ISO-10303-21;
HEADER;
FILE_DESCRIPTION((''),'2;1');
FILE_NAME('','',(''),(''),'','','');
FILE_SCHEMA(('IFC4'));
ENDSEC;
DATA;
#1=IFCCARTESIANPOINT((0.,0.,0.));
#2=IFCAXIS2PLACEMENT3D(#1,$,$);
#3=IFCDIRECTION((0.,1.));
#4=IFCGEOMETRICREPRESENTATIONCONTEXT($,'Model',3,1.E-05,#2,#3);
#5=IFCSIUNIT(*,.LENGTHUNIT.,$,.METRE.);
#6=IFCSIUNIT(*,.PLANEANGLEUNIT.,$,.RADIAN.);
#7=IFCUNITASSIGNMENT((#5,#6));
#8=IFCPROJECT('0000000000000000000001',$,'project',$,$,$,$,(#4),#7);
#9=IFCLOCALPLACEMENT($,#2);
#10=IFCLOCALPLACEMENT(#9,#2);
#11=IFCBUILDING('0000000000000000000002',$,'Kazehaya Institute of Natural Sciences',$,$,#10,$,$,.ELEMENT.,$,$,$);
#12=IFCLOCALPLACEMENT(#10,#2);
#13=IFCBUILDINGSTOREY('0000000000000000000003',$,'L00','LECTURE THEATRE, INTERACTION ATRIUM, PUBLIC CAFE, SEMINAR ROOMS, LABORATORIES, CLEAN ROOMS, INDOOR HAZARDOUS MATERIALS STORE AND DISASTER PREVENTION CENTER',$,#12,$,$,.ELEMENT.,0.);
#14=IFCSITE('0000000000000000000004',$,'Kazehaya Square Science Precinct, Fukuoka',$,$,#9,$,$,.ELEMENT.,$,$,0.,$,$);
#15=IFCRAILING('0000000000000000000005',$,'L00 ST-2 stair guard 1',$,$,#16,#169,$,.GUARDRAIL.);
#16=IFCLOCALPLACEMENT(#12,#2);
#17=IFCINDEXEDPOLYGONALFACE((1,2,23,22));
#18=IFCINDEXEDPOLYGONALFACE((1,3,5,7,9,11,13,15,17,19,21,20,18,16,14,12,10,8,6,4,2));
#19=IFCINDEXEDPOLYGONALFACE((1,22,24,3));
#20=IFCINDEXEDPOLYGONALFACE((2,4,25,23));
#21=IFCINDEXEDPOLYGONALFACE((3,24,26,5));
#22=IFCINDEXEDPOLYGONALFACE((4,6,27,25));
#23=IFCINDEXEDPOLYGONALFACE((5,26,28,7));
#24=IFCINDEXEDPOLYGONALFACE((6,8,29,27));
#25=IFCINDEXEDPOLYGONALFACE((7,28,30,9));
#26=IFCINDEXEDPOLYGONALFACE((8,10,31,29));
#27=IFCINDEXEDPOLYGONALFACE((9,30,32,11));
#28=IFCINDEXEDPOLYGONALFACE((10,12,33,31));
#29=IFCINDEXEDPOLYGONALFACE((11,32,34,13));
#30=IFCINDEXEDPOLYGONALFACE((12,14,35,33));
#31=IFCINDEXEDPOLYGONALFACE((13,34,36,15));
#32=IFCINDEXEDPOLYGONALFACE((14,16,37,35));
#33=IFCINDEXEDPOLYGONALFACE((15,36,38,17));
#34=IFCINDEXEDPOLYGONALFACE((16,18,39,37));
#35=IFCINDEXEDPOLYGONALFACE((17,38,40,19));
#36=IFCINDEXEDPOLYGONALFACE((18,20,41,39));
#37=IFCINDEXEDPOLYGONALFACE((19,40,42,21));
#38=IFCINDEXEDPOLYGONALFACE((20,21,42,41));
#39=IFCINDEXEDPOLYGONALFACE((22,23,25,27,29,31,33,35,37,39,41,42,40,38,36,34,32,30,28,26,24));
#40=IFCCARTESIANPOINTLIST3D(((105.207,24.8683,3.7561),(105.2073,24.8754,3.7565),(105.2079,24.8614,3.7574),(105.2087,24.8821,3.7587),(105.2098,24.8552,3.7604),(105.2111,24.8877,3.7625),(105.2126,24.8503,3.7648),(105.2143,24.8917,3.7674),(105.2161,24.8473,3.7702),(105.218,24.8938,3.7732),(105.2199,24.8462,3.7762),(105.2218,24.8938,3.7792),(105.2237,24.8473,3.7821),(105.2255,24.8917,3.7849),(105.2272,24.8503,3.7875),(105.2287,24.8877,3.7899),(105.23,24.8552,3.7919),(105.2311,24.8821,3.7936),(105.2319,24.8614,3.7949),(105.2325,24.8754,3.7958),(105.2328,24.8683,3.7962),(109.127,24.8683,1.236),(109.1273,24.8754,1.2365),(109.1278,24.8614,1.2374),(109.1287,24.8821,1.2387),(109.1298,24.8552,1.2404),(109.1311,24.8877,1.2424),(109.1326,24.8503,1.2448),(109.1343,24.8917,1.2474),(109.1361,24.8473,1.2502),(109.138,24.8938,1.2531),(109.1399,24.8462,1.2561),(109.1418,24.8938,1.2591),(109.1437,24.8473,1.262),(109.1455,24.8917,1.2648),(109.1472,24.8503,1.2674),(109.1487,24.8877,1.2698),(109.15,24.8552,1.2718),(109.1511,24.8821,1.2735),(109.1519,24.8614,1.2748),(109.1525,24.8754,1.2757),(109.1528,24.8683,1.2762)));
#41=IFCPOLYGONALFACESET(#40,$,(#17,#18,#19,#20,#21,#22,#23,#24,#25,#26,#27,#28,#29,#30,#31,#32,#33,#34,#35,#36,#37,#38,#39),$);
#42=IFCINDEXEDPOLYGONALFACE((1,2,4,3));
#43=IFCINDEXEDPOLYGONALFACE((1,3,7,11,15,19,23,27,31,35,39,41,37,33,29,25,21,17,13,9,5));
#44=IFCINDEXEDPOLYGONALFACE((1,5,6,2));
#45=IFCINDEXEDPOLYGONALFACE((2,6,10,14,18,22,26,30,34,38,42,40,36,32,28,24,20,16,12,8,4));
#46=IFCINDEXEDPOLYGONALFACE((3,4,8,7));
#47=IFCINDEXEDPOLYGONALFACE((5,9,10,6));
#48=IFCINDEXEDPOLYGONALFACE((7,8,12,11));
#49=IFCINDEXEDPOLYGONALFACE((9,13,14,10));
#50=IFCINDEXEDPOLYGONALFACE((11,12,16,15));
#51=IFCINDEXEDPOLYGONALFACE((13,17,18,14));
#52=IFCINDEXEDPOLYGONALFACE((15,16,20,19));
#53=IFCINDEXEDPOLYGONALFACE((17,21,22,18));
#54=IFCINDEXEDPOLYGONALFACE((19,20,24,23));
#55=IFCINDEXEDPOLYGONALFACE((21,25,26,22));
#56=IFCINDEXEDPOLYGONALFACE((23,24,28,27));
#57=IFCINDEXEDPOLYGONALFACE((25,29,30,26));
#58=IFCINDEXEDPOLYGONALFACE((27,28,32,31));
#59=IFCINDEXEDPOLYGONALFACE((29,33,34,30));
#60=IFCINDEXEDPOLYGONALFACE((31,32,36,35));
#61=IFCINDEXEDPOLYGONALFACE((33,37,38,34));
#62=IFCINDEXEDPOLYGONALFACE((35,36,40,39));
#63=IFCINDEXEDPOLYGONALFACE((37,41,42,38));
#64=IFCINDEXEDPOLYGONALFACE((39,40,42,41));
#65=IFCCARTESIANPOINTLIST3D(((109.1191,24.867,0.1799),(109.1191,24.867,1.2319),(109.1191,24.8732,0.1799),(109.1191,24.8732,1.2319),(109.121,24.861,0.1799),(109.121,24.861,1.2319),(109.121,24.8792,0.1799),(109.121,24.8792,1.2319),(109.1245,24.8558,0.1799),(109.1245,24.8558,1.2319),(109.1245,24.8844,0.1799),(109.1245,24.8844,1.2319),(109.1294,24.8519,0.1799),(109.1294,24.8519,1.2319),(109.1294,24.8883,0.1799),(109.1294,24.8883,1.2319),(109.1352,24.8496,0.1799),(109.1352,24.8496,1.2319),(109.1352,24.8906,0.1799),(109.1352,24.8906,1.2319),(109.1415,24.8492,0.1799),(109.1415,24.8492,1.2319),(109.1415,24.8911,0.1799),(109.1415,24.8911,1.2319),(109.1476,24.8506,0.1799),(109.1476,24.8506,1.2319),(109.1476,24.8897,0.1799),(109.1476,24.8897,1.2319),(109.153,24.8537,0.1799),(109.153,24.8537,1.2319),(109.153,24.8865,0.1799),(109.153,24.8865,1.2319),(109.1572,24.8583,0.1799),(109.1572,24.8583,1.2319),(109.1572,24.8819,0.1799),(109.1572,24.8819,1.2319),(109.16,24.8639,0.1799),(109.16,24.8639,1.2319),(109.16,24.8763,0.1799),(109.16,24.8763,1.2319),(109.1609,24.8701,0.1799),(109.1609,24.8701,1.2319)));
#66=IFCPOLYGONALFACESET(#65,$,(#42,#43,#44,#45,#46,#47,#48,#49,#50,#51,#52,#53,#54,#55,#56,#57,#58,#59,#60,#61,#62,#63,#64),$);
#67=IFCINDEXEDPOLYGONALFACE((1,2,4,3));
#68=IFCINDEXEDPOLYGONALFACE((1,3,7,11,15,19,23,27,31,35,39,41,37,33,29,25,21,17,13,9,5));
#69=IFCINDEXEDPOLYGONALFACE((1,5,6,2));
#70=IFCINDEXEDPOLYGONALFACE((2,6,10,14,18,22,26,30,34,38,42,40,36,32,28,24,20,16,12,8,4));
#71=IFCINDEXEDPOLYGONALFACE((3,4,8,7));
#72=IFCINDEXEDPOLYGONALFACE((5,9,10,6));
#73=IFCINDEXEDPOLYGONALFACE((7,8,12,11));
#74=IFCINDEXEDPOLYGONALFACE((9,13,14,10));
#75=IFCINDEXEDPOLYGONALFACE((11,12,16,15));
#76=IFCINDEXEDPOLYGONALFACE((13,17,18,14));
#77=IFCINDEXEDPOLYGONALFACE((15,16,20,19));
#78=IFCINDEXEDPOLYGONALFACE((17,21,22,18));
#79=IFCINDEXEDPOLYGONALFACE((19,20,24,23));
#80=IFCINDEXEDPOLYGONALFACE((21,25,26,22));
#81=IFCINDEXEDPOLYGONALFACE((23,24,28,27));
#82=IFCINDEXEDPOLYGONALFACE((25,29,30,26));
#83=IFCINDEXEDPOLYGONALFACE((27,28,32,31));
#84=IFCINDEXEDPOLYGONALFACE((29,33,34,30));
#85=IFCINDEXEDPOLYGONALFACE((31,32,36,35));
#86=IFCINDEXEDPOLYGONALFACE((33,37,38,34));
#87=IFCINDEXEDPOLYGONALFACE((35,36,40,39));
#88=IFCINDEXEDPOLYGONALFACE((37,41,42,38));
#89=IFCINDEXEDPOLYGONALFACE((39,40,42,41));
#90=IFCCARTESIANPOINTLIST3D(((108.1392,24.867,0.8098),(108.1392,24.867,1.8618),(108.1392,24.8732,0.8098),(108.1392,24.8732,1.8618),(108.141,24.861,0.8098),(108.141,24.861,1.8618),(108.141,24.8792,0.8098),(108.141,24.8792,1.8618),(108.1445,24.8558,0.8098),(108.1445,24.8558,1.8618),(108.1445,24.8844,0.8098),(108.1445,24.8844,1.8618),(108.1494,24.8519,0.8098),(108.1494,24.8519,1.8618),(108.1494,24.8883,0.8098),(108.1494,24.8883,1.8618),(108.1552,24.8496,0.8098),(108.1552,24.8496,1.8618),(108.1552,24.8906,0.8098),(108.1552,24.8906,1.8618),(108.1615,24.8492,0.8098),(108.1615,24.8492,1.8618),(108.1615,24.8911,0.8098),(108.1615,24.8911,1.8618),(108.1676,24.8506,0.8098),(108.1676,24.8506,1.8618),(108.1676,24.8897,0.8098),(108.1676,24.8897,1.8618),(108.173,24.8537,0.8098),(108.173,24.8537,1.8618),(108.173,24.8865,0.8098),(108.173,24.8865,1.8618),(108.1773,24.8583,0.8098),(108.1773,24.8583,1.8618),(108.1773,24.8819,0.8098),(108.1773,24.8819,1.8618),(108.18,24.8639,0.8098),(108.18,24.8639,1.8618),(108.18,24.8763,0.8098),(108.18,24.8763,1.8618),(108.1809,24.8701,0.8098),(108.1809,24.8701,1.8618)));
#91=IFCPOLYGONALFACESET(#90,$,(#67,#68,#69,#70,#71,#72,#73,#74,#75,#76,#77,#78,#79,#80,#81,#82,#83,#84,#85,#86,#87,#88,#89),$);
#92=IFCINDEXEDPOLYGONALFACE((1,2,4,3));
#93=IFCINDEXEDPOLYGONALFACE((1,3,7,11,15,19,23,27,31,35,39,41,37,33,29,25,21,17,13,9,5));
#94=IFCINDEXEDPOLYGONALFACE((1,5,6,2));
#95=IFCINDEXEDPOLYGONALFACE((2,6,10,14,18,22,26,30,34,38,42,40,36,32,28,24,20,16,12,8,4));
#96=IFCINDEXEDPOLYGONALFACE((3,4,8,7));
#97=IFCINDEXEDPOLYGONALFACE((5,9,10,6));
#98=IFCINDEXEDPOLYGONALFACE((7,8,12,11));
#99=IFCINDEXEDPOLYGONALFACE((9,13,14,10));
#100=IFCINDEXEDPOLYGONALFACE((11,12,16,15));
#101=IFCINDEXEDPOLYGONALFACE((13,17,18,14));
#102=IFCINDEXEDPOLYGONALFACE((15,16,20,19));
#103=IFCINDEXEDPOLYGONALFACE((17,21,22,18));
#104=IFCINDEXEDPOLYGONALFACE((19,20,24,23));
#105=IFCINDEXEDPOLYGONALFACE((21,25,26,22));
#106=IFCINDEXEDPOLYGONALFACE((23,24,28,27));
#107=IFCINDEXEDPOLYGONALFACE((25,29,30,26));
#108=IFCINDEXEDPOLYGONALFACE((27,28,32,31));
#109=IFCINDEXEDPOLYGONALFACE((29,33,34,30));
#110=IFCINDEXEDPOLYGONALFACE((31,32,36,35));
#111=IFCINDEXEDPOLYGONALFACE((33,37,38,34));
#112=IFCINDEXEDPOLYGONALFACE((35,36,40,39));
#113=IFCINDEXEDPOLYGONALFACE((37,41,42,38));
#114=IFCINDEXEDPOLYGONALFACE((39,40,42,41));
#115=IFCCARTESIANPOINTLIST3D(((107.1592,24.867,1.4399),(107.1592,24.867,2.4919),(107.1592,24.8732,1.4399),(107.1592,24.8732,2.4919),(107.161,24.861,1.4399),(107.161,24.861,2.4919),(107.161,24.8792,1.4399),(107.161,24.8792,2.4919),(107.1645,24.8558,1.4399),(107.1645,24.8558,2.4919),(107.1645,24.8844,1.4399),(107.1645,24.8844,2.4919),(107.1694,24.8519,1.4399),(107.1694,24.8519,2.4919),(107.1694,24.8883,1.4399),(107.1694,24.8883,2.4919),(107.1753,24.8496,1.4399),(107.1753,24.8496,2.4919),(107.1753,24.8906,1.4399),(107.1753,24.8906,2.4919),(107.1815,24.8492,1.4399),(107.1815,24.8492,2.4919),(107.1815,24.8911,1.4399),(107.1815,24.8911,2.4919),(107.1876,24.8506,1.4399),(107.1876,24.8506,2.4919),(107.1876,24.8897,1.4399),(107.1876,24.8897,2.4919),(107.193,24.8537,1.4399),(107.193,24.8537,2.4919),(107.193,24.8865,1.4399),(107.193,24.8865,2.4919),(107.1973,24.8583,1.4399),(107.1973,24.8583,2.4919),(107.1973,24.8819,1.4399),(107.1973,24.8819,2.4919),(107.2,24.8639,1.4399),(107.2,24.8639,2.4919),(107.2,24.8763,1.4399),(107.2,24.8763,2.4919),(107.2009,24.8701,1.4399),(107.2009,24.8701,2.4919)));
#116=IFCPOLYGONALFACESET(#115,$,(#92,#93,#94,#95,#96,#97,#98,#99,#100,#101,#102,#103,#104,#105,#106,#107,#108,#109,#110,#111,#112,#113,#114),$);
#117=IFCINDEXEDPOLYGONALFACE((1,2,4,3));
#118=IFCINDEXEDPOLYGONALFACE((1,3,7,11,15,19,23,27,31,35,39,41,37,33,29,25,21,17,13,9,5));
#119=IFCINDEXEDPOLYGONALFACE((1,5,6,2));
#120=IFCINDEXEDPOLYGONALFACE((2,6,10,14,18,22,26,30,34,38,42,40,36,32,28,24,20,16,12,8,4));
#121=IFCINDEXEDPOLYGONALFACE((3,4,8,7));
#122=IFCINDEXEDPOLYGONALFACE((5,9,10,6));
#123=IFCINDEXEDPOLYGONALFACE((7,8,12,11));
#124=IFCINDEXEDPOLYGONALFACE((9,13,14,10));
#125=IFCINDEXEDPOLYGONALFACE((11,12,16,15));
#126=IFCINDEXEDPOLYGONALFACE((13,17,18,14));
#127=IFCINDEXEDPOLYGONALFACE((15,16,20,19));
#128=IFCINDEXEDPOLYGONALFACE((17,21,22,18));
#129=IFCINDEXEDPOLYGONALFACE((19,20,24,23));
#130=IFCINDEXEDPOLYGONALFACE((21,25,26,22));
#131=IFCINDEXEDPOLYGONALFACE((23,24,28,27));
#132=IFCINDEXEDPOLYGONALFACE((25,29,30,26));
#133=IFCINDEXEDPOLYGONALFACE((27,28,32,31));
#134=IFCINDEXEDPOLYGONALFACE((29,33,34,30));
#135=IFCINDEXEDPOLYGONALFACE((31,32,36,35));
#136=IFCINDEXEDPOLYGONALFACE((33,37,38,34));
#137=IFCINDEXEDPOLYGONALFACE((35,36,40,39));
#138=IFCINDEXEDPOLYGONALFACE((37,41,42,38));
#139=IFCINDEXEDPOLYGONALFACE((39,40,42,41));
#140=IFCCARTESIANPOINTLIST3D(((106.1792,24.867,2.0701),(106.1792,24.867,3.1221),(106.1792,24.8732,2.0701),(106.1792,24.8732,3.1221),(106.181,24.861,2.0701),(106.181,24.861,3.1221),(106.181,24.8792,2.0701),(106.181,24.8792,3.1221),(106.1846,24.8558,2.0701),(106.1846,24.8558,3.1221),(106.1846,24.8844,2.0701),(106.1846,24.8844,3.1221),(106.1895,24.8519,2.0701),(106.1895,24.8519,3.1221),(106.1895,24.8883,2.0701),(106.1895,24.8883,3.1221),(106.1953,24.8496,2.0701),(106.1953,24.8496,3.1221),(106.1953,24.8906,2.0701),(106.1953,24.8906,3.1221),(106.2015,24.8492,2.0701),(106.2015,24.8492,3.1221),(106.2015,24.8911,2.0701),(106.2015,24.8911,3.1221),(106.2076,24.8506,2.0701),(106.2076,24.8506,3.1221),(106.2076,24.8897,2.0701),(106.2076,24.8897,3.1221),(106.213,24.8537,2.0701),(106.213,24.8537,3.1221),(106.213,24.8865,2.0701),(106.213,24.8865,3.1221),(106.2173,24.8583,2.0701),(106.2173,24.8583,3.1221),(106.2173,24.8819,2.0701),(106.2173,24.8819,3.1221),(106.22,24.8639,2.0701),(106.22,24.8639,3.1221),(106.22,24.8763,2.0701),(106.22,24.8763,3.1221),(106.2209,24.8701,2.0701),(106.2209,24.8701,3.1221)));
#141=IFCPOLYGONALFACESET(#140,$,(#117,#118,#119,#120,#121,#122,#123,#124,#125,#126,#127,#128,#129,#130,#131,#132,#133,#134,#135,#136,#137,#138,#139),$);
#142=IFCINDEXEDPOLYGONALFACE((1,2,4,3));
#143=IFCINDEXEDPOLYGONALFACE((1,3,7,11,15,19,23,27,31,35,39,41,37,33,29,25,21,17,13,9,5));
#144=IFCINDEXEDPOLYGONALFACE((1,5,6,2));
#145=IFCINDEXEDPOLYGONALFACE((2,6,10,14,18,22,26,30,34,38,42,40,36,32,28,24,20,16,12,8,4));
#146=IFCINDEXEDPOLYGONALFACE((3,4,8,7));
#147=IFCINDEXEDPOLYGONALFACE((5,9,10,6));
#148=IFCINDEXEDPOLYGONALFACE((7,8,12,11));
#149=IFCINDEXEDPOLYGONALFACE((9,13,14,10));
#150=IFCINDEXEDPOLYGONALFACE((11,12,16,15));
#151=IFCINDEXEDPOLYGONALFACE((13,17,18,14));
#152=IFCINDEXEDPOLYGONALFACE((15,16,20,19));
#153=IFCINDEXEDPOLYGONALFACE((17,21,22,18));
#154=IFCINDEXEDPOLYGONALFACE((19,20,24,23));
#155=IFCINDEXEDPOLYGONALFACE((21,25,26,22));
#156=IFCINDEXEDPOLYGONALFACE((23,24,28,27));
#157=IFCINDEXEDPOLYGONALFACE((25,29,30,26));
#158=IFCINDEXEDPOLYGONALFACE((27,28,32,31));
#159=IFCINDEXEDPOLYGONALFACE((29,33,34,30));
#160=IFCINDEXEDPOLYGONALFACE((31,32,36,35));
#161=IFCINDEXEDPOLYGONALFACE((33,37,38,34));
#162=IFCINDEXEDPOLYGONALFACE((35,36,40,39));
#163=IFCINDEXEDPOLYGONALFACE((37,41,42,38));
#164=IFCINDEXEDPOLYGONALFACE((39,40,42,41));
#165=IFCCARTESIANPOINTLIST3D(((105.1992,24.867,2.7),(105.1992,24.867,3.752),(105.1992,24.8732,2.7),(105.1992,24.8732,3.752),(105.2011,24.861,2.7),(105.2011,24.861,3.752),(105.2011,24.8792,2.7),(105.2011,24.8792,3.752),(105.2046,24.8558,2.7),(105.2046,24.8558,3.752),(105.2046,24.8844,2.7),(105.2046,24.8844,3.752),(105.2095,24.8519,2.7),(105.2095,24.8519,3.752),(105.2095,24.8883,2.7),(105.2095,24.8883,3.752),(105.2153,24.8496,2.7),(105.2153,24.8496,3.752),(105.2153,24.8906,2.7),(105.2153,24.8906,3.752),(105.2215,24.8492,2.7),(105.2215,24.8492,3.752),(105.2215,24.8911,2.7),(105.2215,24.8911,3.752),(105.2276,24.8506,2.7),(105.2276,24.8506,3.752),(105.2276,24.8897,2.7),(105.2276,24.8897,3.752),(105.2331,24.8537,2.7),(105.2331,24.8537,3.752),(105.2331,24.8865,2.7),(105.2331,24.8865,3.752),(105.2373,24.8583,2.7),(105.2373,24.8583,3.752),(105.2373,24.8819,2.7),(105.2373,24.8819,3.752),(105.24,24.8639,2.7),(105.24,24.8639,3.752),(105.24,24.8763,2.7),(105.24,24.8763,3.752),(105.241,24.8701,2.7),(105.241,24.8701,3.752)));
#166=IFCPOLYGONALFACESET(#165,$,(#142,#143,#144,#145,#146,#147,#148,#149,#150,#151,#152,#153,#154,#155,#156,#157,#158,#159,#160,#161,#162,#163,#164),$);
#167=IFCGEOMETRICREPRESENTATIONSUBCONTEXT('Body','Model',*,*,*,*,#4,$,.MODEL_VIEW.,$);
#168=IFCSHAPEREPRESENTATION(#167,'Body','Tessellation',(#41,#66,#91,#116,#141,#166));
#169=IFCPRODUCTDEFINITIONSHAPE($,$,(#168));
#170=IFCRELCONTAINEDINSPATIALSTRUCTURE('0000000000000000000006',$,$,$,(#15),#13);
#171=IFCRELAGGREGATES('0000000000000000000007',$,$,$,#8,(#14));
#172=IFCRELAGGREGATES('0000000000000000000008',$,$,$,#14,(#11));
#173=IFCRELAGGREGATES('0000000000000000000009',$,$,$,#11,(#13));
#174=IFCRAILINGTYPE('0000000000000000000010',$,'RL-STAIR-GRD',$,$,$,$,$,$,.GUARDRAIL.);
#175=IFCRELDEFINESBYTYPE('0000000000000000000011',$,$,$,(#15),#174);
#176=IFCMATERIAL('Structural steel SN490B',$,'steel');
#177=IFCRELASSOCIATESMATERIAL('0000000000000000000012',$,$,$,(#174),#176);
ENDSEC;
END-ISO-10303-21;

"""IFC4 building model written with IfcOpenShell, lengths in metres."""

from ifc_helpers import new_model, si_unit, direction, frame, origin, origin_2d, place, context, subcontext, project, spatial, circle, extrude, material, type_object, element, save


model = new_model("IFC4")

# Units and contexts
model_context = context("Model", 3, precision=1e-05, world=origin(), true_north=direction((0.0, 1.0)))
body_context = subcontext(model_context, "Body", "Model", "MODEL_VIEW")
ifc_project = project(units=[si_unit("LENGTHUNIT", "METRE"), si_unit("PLANEANGLEUNIT", "RADIAN")], contexts=[model_context])

# Site, building, storey
site_placement = place(None, origin())
site = spatial("IfcSite", under=ifc_project, at=site_placement, Name="Kazehaya Square Science Precinct, Fukuoka", CompositionType="ELEMENT", RefElevation=0.0)
building_placement = place(site_placement, origin())
building = spatial("IfcBuilding", under=site, at=building_placement, Name="Kazehaya Institute of Natural Sciences", CompositionType="ELEMENT")
storey_placement = place(building_placement, origin())
storey = spatial("IfcBuildingStorey", under=building, at=storey_placement, Name="L00", Description="LECTURE THEATRE, INTERACTION ATRIUM, PUBLIC CAFE, SEMINAR ROOMS, LABORATORIES, CLEAN ROOMS, INDOOR HAZARDOUS MATERIALS STORE AND DISASTER PREVENTION CENTER", CompositionType="ELEMENT", Elevation=0.0)

# Railing
ifc_material_1 = material(Name="Structural steel SN490B", Category="steel")
railing_type_1 = type_object("IfcRailingType", Name="RL-STAIR-GRD", PredefinedType="GUARDRAIL", material=ifc_material_1)
railing_1_placement = place(storey_placement, frame((109.1399, 24.8701, 0.1799)))
element("IfcRailing", 1, at=railing_1_placement, inside=storey, type_object=railing_type_1, Name="L00 ST-2 stair guard 1", PredefinedType="GUARDRAIL", context=body_context, shape_type="SweptSolid", body=[
    extrude(circle(Radius=0.0239, at=origin_2d()), frame((0.0, 0.0, 1.0762), z_axis=(-0.841172, 0.0, 0.540768), x_axis=(0.0, -1.0, 0.0)), (0.0, 0.0, 1.0), 4.6602),
    extrude(circle(Radius=0.021, at=origin_2d()), origin(), (0.0, 0.0, 1.0), 1.052),
    extrude(circle(Radius=0.021, at=origin_2d()), frame((-0.98, 0.0, 0.6299)), (0.0, 0.0, 1.0), 1.052),
    extrude(circle(Radius=0.021, at=origin_2d()), frame((-1.96, 0.0, 1.26)), (0.0, 0.0, 1.0), 1.052),
    extrude(circle(Radius=0.021, at=origin_2d()), frame((-2.9399, 0.0, 1.8901)), (0.0, 0.0, 1.0), 1.052),
    extrude(circle(Radius=0.021, at=origin_2d()), frame((-3.9199, 0.0, 2.52)), (0.0, 0.0, 1.0), 1.052),
])

save(model, "model.ifc")
